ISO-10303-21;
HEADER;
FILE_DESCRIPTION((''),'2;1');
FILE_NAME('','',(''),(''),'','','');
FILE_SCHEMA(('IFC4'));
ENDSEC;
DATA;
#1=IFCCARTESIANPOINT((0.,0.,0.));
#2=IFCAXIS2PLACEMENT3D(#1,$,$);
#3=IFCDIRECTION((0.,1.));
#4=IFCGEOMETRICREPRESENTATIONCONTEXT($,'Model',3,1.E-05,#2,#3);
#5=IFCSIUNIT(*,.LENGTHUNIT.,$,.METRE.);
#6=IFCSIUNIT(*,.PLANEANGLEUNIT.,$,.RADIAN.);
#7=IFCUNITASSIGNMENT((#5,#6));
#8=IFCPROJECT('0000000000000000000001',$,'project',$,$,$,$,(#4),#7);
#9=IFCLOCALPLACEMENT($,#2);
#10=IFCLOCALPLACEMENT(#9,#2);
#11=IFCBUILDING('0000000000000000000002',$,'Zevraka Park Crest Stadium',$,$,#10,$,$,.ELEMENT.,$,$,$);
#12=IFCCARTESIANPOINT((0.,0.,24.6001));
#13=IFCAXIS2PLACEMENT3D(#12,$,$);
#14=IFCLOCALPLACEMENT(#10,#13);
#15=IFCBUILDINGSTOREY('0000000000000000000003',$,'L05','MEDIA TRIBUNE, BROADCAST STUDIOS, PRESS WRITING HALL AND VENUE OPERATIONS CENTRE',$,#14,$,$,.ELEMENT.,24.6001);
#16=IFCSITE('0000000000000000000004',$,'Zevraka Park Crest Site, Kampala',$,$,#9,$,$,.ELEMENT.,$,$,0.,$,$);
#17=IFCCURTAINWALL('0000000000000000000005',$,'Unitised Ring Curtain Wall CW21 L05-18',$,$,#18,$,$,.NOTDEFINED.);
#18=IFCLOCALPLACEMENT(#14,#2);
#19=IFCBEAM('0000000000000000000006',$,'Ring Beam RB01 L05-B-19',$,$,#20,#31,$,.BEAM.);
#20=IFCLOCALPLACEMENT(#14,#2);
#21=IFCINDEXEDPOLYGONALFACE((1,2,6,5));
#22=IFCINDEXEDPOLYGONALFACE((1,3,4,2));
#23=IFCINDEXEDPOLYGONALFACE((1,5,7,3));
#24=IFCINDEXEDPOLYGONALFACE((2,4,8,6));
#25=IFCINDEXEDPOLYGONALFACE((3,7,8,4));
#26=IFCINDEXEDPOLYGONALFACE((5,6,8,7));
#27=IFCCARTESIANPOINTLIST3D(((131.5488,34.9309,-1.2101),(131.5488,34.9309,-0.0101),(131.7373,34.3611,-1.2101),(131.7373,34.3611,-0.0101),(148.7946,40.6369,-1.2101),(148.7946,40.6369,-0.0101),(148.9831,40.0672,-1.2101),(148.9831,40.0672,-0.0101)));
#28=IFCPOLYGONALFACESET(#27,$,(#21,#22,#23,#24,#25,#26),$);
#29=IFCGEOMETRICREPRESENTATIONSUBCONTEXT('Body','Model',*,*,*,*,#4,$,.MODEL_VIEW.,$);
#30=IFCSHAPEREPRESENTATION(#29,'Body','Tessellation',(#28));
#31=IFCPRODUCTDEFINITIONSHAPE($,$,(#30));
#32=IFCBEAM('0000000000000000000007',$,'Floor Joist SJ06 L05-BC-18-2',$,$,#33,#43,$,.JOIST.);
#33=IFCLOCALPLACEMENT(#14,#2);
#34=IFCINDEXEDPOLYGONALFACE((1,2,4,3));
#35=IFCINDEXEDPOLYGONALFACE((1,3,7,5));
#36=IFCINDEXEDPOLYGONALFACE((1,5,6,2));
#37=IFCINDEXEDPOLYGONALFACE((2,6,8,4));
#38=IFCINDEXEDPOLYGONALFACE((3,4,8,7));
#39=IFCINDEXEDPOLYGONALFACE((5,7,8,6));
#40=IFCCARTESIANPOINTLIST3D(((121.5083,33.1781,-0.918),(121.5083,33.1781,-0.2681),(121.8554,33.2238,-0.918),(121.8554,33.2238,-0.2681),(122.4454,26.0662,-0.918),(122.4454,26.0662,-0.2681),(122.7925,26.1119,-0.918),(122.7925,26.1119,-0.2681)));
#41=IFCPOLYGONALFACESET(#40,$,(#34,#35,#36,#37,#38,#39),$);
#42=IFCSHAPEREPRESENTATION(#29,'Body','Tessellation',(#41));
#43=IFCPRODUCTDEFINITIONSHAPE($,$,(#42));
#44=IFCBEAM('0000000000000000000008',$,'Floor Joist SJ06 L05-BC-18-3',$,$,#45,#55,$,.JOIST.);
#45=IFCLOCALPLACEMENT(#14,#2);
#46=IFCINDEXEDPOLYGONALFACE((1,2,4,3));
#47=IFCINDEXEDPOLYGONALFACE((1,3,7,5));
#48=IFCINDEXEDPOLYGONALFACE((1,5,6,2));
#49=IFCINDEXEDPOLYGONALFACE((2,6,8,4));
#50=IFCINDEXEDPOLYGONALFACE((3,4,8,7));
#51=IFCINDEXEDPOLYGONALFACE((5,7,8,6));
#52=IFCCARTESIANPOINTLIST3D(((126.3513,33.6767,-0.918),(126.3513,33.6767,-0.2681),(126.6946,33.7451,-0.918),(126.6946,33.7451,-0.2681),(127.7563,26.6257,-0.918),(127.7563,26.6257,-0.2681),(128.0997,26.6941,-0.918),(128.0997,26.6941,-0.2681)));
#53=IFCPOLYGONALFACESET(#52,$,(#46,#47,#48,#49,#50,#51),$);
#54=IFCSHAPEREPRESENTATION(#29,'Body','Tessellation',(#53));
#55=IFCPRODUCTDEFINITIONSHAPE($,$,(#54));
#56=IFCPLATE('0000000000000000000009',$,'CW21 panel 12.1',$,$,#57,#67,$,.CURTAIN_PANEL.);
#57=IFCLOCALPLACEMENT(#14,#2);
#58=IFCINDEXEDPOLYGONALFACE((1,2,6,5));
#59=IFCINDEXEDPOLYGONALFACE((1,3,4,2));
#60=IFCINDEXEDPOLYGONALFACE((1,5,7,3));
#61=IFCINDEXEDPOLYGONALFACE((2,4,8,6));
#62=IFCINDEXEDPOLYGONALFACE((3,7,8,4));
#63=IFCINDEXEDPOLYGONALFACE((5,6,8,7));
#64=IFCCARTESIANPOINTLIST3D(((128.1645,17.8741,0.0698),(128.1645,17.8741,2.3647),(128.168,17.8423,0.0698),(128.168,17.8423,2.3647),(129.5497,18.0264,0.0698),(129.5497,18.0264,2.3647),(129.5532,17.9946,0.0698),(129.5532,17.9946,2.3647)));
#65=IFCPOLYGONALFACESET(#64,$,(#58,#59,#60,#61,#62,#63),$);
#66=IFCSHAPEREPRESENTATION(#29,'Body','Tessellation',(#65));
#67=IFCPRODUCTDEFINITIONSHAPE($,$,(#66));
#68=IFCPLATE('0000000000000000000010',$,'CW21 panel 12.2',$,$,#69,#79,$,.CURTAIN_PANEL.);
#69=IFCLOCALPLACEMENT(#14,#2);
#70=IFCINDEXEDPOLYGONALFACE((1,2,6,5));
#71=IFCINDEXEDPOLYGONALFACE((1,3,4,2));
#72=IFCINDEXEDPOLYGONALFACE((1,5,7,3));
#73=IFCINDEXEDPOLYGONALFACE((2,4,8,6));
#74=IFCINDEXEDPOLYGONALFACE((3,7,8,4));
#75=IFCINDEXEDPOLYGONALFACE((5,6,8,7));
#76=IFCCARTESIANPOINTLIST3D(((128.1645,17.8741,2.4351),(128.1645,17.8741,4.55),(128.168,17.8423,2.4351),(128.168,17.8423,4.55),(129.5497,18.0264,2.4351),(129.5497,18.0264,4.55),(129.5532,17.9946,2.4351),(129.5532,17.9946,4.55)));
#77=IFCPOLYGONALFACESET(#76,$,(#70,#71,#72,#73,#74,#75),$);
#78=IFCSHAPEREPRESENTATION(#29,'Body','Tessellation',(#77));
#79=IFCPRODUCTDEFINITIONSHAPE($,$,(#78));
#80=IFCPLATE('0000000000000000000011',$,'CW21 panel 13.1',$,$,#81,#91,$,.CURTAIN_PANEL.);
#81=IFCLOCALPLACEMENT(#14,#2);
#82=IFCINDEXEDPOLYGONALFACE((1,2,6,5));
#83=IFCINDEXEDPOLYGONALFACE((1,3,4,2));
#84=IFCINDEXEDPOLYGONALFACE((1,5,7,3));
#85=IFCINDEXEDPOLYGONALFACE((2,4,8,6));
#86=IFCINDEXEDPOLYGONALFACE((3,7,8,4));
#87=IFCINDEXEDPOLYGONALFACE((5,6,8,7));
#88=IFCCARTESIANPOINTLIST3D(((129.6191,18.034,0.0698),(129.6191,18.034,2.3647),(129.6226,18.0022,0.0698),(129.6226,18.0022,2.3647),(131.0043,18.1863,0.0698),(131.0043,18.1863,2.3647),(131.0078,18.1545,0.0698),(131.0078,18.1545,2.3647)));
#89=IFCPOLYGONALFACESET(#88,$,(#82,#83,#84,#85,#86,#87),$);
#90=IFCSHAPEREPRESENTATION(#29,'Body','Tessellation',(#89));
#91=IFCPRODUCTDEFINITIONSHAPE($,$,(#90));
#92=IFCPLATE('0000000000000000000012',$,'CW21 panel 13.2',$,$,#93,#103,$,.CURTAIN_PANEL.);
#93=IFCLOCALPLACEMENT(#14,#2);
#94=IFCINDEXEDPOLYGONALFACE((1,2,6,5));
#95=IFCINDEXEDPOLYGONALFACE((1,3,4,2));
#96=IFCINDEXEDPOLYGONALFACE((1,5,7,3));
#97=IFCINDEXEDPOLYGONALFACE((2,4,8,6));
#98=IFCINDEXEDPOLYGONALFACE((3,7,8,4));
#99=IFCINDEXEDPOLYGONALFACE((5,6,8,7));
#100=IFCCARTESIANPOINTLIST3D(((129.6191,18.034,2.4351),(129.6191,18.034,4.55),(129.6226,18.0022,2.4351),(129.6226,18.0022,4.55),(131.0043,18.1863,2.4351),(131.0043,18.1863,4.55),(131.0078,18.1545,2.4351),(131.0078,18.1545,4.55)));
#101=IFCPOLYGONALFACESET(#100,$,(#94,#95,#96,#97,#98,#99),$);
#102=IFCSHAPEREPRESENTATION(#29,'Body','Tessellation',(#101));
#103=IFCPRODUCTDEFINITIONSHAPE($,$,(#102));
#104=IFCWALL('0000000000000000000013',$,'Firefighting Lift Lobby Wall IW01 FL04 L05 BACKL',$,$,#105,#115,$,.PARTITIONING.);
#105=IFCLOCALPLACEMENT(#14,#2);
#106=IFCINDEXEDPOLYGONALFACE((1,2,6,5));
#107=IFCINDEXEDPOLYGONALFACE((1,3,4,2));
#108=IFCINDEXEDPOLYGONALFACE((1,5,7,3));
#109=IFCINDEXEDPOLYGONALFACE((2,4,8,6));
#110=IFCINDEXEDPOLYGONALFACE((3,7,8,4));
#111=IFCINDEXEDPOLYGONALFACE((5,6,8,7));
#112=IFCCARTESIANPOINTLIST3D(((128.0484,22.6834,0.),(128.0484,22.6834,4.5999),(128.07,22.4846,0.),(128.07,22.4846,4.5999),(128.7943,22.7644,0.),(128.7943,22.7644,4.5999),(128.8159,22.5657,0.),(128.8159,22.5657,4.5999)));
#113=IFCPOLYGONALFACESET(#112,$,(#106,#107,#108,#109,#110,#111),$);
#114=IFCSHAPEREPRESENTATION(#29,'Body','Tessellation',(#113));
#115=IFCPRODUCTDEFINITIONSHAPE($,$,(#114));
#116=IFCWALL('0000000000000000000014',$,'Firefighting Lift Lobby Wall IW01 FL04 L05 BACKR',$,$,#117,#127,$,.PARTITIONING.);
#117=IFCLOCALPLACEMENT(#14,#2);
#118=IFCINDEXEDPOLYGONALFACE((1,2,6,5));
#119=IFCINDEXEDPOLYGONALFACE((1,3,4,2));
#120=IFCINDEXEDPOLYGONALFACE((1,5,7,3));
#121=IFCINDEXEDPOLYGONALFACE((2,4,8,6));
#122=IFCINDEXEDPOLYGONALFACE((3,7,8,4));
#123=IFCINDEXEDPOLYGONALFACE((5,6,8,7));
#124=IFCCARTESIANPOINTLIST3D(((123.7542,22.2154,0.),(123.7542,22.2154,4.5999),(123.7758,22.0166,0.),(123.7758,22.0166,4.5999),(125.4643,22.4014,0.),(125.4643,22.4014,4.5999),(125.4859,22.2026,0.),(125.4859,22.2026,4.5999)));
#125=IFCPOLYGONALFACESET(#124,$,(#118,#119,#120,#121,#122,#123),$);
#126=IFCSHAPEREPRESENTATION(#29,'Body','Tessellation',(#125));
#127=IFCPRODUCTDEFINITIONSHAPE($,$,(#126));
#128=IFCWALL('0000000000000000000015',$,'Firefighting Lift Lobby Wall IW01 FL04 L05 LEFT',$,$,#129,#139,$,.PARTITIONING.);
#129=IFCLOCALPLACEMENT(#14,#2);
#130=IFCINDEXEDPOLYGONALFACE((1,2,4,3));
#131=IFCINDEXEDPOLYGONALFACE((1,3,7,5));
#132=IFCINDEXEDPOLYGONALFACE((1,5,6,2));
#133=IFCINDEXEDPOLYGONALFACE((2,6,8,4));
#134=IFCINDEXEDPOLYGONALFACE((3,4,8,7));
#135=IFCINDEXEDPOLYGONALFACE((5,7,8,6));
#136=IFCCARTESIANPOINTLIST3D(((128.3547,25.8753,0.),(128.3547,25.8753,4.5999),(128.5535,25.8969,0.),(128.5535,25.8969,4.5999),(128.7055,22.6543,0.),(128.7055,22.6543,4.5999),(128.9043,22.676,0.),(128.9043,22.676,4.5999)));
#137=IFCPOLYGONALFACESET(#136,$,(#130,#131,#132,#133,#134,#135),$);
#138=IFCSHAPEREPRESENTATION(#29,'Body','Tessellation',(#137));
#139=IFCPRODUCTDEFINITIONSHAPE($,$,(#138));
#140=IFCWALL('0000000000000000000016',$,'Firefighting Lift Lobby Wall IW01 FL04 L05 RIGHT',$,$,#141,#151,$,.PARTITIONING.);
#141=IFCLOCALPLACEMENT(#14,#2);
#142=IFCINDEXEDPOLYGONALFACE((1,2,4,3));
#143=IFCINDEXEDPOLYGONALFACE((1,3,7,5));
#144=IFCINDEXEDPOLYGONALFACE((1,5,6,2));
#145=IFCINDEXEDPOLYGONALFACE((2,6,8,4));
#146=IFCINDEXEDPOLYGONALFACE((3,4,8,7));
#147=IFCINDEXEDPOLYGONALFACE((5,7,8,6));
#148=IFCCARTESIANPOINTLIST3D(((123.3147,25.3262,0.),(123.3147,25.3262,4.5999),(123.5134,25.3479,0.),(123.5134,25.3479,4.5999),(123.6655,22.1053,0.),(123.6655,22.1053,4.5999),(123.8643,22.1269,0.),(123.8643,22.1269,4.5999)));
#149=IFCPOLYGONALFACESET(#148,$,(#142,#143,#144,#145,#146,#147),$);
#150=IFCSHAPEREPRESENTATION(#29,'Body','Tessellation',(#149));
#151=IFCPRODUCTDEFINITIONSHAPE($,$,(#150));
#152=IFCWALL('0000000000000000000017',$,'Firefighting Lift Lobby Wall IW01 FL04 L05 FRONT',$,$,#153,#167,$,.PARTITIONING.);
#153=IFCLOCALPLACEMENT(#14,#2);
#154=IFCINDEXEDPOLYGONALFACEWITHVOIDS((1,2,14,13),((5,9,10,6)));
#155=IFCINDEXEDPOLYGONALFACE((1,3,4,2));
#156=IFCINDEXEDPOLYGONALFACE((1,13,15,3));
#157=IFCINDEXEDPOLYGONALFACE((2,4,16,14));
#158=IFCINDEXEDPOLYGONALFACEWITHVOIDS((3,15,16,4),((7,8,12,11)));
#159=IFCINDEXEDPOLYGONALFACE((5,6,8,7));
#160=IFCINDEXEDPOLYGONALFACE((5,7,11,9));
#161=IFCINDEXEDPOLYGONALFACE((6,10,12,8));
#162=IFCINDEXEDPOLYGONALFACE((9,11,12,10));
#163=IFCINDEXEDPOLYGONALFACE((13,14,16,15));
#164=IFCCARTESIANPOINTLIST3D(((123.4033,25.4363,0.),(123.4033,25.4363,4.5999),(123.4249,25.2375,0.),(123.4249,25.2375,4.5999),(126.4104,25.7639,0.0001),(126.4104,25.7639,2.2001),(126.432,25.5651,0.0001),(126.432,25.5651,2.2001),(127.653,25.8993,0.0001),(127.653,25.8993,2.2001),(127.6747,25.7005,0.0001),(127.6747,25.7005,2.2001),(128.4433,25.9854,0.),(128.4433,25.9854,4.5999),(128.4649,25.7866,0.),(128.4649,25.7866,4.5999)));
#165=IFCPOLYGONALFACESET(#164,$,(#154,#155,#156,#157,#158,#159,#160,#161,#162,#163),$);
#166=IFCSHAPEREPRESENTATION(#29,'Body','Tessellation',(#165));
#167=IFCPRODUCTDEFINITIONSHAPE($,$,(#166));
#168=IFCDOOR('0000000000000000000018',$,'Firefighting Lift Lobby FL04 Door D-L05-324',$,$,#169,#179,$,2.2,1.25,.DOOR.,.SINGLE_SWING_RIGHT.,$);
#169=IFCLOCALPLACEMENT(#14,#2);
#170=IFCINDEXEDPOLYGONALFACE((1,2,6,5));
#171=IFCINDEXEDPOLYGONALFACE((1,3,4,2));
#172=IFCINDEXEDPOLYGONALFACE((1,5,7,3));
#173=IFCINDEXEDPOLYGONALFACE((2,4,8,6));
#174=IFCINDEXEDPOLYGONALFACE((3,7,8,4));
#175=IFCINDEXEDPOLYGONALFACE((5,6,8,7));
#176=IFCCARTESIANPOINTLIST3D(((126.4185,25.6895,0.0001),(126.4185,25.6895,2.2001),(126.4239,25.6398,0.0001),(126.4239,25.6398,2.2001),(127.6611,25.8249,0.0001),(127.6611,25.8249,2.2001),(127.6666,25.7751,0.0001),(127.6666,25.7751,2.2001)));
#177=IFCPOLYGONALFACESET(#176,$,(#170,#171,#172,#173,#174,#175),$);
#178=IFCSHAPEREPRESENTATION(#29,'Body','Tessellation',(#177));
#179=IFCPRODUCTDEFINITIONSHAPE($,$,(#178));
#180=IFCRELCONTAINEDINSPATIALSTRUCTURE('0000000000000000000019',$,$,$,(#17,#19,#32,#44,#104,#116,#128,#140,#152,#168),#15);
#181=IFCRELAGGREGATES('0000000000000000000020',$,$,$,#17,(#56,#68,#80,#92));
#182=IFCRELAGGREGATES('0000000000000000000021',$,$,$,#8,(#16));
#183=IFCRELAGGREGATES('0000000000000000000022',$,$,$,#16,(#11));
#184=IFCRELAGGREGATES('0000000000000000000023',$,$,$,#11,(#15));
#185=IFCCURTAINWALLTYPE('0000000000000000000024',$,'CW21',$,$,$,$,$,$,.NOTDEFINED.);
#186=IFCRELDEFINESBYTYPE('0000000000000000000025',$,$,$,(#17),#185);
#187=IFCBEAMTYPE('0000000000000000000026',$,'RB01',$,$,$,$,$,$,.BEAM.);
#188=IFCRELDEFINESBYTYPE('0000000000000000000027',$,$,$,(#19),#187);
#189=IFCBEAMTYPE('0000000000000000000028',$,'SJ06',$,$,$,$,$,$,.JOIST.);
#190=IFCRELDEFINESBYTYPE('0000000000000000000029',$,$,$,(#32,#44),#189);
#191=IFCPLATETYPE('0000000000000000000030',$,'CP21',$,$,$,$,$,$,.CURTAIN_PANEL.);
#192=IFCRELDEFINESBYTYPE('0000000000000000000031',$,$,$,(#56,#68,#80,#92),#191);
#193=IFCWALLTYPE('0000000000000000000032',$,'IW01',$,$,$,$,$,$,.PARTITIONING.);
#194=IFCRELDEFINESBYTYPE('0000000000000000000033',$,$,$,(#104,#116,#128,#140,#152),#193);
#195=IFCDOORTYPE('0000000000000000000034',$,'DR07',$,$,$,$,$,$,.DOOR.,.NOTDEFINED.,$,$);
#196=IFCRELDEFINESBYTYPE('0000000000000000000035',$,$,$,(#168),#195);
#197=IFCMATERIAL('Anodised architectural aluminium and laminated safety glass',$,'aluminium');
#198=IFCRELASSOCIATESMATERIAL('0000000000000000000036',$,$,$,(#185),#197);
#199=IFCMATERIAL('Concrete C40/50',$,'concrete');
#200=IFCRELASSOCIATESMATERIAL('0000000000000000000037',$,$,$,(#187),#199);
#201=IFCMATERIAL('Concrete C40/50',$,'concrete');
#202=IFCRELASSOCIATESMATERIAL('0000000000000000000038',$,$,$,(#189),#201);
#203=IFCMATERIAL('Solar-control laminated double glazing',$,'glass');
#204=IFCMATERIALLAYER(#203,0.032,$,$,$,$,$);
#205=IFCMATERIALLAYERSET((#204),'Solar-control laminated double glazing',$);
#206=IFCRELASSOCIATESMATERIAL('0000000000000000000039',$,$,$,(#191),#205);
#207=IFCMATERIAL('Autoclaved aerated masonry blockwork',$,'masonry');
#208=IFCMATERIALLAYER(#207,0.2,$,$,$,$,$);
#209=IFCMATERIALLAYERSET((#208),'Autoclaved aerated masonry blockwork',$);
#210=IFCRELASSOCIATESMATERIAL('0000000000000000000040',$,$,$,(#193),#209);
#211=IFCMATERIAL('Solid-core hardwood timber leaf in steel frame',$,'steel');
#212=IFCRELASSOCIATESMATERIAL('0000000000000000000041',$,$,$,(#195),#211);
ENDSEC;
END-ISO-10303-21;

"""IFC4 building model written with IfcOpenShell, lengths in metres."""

from ifc_helpers import new_model, si_unit, direction, frame, frame_2d, origin, origin_2d, place, context, subcontext, project, spatial, rectangle, extrude, material, layer, layer_set, material_profile, profile_set, type_object, element, fill, aggregate, save


model = new_model("IFC4")

# Units and contexts
model_context = context("Model", 3, precision=1e-05, world=origin(), true_north=direction((0.0, 1.0)))
body_context = subcontext(model_context, "Body", "Model", "MODEL_VIEW")
ifc_project = project(units=[si_unit("LENGTHUNIT", "METRE"), si_unit("PLANEANGLEUNIT", "RADIAN")], contexts=[model_context])

# Site, building, storey
site_placement = place(None, origin())
site = spatial("IfcSite", under=ifc_project, at=site_placement, Name="Zevraka Park Crest Site, Kampala", CompositionType="ELEMENT", RefElevation=0.0)
building_placement = place(site_placement, origin())
building = spatial("IfcBuilding", under=site, at=building_placement, Name="Zevraka Park Crest Stadium", CompositionType="ELEMENT")
storey_placement = place(building_placement, frame((0.0, 0.0, 24.6001)))
storey = spatial("IfcBuildingStorey", under=building, at=storey_placement, Name="L05", Description="MEDIA TRIBUNE, BROADCAST STUDIOS, PRESS WRITING HALL AND VENUE OPERATIONS CENTRE", CompositionType="ELEMENT", Elevation=24.6001)

# Curtain wall
ifc_material_1 = material(Name="Anodised architectural aluminium and laminated safety glass", Category="aluminium")
curtain_wall_type = type_object("IfcCurtainWallType", Name="CW21", PredefinedType="NOTDEFINED", material=ifc_material_1)
curtain_wall_placement = place(storey_placement, origin())
curtain_wall = element("IfcCurtainWall", 1, at=curtain_wall_placement, inside=storey, type_object=curtain_wall_type, Name="Unitised Ring Curtain Wall CW21 L05-18", PredefinedType="NOTDEFINED")

# Beams
ifc_material_2 = material(Name="Concrete C40/50", Category="concrete")
ifc_material_profile_1 = material_profile(ifc_material_2, rectangle(XDim=0.6001, YDim=1.2, at=origin_2d()), Name="RC 1200x600")
ifc_profile_set_1 = profile_set([ifc_material_profile_1], Name="Concrete C40/50")
beam_type_1 = type_object("IfcBeamType", Name="RB01", PredefinedType="BEAM", material=ifc_profile_set_1)
beam_1_placement = place(storey_placement, frame((131.6431, 34.646, -0.6101), z_axis=(0.949384, 0.314118, 0.0), x_axis=(-0.314118, 0.949384, 0.0)))
element("IfcBeam", 2, at=beam_1_placement, inside=storey, type_object=beam_type_1, Name="Ring Beam RB01 L05-B-19", PredefinedType="BEAM", context=body_context, shape_type="SweptSolid", body=[
    extrude(rectangle(XDim=0.6001, YDim=1.2, at=origin_2d()), origin(), (0.0, 0.0, 1.0), 18.1653),
])
ifc_material_3 = material(Name="Concrete C40/50", Category="concrete")
ifc_material_profile_2 = material_profile(ifc_material_3, rectangle(XDim=0.3501, YDim=0.6499, at=origin_2d()), Name="RC 650x350")
ifc_profile_set_2 = profile_set([ifc_material_profile_2], Name="Concrete C40/50")
beam_type_2 = type_object("IfcBeamType", Name="SJ06", PredefinedType="JOIST", material=ifc_profile_set_2)
beam_2_placement = place(storey_placement, frame((121.6819, 33.2009, -0.593), z_axis=(0.130625, -0.991432, 0.0), x_axis=(0.991432, 0.130625, 0.0)))
element("IfcBeam", 3, at=beam_2_placement, inside=storey, type_object=beam_type_2, Name="Floor Joist SJ06 L05-BC-18-2", PredefinedType="JOIST", context=body_context, shape_type="SweptSolid", body=[
    extrude(rectangle(XDim=0.3501, YDim=0.6499, at=origin_2d()), origin(), (0.0, 0.0, 1.0), 7.1733),
])
beam_3_placement = place(storey_placement, frame((126.5229, 33.7109, -0.593), z_axis=(0.195424, -0.980719, 0.0), x_axis=(0.980719, 0.195424, 0.0)))
element("IfcBeam", 4, at=beam_3_placement, inside=storey, type_object=beam_type_2, Name="Floor Joist SJ06 L05-BC-18-3", PredefinedType="JOIST", context=body_context, shape_type="SweptSolid", body=[
    extrude(rectangle(XDim=0.3501, YDim=0.6499, at=origin_2d()), origin(), (0.0, 0.0, 1.0), 7.1897),
])

# Plates
ifc_material_4 = material(Name="Solar-control laminated double glazing", Category="glass")
ifc_layer_1 = layer(ifc_material_4, 0.032)
ifc_layer_set_1 = layer_set([ifc_layer_1], Name="Solar-control laminated double glazing")
plate_type = type_object("IfcPlateType", Name="CP21", PredefinedType="CURTAIN_PANEL", material=ifc_layer_set_1)
plate_1_placement = place(storey_placement, frame((128.8589, 17.9343, 0.0698), z_axis=(0.0, 0.0, 1.0), x_axis=(0.99401, 0.109288, 0.0)))
plate_1 = element("IfcPlate", 5, at=plate_1_placement, type_object=plate_type, Name="CW21 panel 12.1", PredefinedType="CURTAIN_PANEL", context=body_context, shape_type="SweptSolid", body=[
    extrude(rectangle(XDim=1.3936, YDim=0.032, at=origin_2d()), origin(), (0.0, 0.0, 1.0), 2.2949),
])
plate_2_placement = place(storey_placement, frame((128.8589, 17.9343, 2.4351), z_axis=(0.0, 0.0, 1.0), x_axis=(0.99401, 0.109288, 0.0)))
plate_2 = element("IfcPlate", 6, at=plate_2_placement, type_object=plate_type, Name="CW21 panel 12.2", PredefinedType="CURTAIN_PANEL", context=body_context, shape_type="SweptSolid", body=[
    extrude(rectangle(XDim=1.3936, YDim=0.032, at=origin_2d()), origin(), (0.0, 0.0, 1.0), 2.115),
])
plate_3_placement = place(storey_placement, frame((130.3135, 18.0942, 0.0698), z_axis=(0.0, 0.0, 1.0), x_axis=(0.99401, 0.109288, 0.0)))
plate_3 = element("IfcPlate", 7, at=plate_3_placement, type_object=plate_type, Name="CW21 panel 13.1", PredefinedType="CURTAIN_PANEL", context=body_context, shape_type="SweptSolid", body=[
    extrude(rectangle(XDim=1.3936, YDim=0.032, at=origin_2d()), origin(), (0.0, 0.0, 1.0), 2.2949),
])
plate_4_placement = place(storey_placement, frame((130.3135, 18.0942, 2.4351), z_axis=(0.0, 0.0, 1.0), x_axis=(0.99401, 0.109288, 0.0)))
plate_4 = element("IfcPlate", 8, at=plate_4_placement, type_object=plate_type, Name="CW21 panel 13.2", PredefinedType="CURTAIN_PANEL", context=body_context, shape_type="SweptSolid", body=[
    extrude(rectangle(XDim=1.3936, YDim=0.032, at=origin_2d()), origin(), (0.0, 0.0, 1.0), 2.115),
])
aggregate(curtain_wall, [plate_1, plate_2, plate_3, plate_4])

# Walls
ifc_material_5 = material(Name="Autoclaved aerated masonry blockwork", Category="masonry")
ifc_layer_2 = layer(ifc_material_5, 0.2)
ifc_layer_set_2 = layer_set([ifc_layer_2], Name="Autoclaved aerated masonry blockwork")
wall_type_1 = type_object("IfcWallType", Name="IW01", PredefinedType="PARTITIONING", material=ifc_layer_set_2)
wall_1_placement = place(storey_placement, frame((128.8049, 22.665, 0.0), z_axis=(0.0, 0.0, 1.0), x_axis=(-0.994147, -0.108038, 0.0)))
element("IfcWall", 9, at=wall_1_placement, inside=storey, type_object=wall_type_1, Name="Firefighting Lift Lobby Wall IW01 FL04 L05 BACKL", PredefinedType="PARTITIONING", context=body_context, shape_type="SweptSolid", body=[
    extrude(rectangle(XDim=0.7502, YDim=0.2, at=frame_2d((0.375, 0.0))), origin(), (0.0, 0.0, 1.0), 4.5999),
])
wall_2_placement = place(storey_placement, frame((125.4751, 22.302, 0.0), z_axis=(0.0, 0.0, 1.0), x_axis=(-0.994136, -0.108142, 0.0)))
element("IfcWall", 10, at=wall_2_placement, inside=storey, type_object=wall_type_1, Name="Firefighting Lift Lobby Wall IW01 FL04 L05 BACKR", PredefinedType="PARTITIONING", context=body_context, shape_type="SweptSolid", body=[
    extrude(rectangle(XDim=1.7202, YDim=0.2, at=frame_2d((0.8601, 0.0))), origin(), (0.0, 0.0, 1.0), 4.5999),
])
for number, where, z_axis, x_axis, name in (
    (11, (128.8049, 22.665, 0.0), (0.0, 0.0, 1.0), (-0.108281, 0.99412, 0.0), "Firefighting Lift Lobby Wall IW01 FL04 L05 LEFT"),
    (12, (123.7649, 22.116, 0.0), (0.0, 0.0, 1.0), (-0.108281, 0.99412, 0.0), "Firefighting Lift Lobby Wall IW01 FL04 L05 RIGHT"),
):
    element("IfcWall", number, at=place(storey_placement, frame(where, z_axis=z_axis, x_axis=x_axis)), inside=storey, type_object=wall_type_1, Name=name, PredefinedType="PARTITIONING", context=body_context, shape_type="SweptSolid", body=[
        extrude(rectangle(XDim=3.24, YDim=0.2, at=frame_2d((1.6201, 0.0))), origin(), (0.0, 0.0, 1.0), 4.5999),
    ])

# Wall, opening, door
wall_3_placement = place(storey_placement, frame((128.4541, 25.886, 0.0), z_axis=(0.0, 0.0, 1.0), x_axis=(-0.994118, -0.108301, 0.0)))
wall_3 = element("IfcWall", 13, at=wall_3_placement, inside=storey, type_object=wall_type_1, Name="Firefighting Lift Lobby Wall IW01 FL04 L05 FRONT", PredefinedType="PARTITIONING", context=body_context, shape_type="SweptSolid", body=[
    extrude(rectangle(XDim=5.0698, YDim=0.2, at=frame_2d((2.5349, 0.0))), origin(), (0.0, 0.0, 1.0), 4.5999),
])
opening_1_placement = place(wall_3_placement, frame((0.7949, 0.0, 0.0)))
opening_1 = element("IfcOpeningElement", 14, at=opening_1_placement, cuts=wall_3, PredefinedType="OPENING", context=body_context, shape_type="SweptSolid", body=[
    extrude(rectangle(XDim=1.25, YDim=2.2, at=frame_2d((0.625, 1.1001))), frame((0.0, 0.1099, 0.0), z_axis=(0.0, -1.0, 0.0), x_axis=(1.0, 0.0, 0.0)), (0.0, 0.0, 1.0), 0.22),
])
ifc_material_6 = material(Name="Solid-core hardwood timber leaf in steel frame", Category="steel")
door_type_1 = type_object("IfcDoorType", Name="DR07", OperationType="NOTDEFINED", PredefinedType="DOOR", material=ifc_material_6)
door_1_placement = place(opening_1_placement, origin())
door_1 = element("IfcDoor", 15, at=door_1_placement, inside=storey, type_object=door_type_1, Name="Firefighting Lift Lobby FL04 Door D-L05-324", OperationType="SINGLE_SWING_RIGHT", OverallHeight=2.2, OverallWidth=1.25, PredefinedType="DOOR", context=body_context, shape_type="SweptSolid", body=[
    extrude(rectangle(XDim=1.25, YDim=2.2, at=frame_2d((0.625, 1.1001))), frame((0.0, 0.0249, 0.0), z_axis=(0.0, -1.0, 0.0), x_axis=(1.0, 0.0, 0.0)), (0.0, 0.0, 1.0), 0.05),
])
fill(opening_1, door_1)

save(model, "model.ifc")
